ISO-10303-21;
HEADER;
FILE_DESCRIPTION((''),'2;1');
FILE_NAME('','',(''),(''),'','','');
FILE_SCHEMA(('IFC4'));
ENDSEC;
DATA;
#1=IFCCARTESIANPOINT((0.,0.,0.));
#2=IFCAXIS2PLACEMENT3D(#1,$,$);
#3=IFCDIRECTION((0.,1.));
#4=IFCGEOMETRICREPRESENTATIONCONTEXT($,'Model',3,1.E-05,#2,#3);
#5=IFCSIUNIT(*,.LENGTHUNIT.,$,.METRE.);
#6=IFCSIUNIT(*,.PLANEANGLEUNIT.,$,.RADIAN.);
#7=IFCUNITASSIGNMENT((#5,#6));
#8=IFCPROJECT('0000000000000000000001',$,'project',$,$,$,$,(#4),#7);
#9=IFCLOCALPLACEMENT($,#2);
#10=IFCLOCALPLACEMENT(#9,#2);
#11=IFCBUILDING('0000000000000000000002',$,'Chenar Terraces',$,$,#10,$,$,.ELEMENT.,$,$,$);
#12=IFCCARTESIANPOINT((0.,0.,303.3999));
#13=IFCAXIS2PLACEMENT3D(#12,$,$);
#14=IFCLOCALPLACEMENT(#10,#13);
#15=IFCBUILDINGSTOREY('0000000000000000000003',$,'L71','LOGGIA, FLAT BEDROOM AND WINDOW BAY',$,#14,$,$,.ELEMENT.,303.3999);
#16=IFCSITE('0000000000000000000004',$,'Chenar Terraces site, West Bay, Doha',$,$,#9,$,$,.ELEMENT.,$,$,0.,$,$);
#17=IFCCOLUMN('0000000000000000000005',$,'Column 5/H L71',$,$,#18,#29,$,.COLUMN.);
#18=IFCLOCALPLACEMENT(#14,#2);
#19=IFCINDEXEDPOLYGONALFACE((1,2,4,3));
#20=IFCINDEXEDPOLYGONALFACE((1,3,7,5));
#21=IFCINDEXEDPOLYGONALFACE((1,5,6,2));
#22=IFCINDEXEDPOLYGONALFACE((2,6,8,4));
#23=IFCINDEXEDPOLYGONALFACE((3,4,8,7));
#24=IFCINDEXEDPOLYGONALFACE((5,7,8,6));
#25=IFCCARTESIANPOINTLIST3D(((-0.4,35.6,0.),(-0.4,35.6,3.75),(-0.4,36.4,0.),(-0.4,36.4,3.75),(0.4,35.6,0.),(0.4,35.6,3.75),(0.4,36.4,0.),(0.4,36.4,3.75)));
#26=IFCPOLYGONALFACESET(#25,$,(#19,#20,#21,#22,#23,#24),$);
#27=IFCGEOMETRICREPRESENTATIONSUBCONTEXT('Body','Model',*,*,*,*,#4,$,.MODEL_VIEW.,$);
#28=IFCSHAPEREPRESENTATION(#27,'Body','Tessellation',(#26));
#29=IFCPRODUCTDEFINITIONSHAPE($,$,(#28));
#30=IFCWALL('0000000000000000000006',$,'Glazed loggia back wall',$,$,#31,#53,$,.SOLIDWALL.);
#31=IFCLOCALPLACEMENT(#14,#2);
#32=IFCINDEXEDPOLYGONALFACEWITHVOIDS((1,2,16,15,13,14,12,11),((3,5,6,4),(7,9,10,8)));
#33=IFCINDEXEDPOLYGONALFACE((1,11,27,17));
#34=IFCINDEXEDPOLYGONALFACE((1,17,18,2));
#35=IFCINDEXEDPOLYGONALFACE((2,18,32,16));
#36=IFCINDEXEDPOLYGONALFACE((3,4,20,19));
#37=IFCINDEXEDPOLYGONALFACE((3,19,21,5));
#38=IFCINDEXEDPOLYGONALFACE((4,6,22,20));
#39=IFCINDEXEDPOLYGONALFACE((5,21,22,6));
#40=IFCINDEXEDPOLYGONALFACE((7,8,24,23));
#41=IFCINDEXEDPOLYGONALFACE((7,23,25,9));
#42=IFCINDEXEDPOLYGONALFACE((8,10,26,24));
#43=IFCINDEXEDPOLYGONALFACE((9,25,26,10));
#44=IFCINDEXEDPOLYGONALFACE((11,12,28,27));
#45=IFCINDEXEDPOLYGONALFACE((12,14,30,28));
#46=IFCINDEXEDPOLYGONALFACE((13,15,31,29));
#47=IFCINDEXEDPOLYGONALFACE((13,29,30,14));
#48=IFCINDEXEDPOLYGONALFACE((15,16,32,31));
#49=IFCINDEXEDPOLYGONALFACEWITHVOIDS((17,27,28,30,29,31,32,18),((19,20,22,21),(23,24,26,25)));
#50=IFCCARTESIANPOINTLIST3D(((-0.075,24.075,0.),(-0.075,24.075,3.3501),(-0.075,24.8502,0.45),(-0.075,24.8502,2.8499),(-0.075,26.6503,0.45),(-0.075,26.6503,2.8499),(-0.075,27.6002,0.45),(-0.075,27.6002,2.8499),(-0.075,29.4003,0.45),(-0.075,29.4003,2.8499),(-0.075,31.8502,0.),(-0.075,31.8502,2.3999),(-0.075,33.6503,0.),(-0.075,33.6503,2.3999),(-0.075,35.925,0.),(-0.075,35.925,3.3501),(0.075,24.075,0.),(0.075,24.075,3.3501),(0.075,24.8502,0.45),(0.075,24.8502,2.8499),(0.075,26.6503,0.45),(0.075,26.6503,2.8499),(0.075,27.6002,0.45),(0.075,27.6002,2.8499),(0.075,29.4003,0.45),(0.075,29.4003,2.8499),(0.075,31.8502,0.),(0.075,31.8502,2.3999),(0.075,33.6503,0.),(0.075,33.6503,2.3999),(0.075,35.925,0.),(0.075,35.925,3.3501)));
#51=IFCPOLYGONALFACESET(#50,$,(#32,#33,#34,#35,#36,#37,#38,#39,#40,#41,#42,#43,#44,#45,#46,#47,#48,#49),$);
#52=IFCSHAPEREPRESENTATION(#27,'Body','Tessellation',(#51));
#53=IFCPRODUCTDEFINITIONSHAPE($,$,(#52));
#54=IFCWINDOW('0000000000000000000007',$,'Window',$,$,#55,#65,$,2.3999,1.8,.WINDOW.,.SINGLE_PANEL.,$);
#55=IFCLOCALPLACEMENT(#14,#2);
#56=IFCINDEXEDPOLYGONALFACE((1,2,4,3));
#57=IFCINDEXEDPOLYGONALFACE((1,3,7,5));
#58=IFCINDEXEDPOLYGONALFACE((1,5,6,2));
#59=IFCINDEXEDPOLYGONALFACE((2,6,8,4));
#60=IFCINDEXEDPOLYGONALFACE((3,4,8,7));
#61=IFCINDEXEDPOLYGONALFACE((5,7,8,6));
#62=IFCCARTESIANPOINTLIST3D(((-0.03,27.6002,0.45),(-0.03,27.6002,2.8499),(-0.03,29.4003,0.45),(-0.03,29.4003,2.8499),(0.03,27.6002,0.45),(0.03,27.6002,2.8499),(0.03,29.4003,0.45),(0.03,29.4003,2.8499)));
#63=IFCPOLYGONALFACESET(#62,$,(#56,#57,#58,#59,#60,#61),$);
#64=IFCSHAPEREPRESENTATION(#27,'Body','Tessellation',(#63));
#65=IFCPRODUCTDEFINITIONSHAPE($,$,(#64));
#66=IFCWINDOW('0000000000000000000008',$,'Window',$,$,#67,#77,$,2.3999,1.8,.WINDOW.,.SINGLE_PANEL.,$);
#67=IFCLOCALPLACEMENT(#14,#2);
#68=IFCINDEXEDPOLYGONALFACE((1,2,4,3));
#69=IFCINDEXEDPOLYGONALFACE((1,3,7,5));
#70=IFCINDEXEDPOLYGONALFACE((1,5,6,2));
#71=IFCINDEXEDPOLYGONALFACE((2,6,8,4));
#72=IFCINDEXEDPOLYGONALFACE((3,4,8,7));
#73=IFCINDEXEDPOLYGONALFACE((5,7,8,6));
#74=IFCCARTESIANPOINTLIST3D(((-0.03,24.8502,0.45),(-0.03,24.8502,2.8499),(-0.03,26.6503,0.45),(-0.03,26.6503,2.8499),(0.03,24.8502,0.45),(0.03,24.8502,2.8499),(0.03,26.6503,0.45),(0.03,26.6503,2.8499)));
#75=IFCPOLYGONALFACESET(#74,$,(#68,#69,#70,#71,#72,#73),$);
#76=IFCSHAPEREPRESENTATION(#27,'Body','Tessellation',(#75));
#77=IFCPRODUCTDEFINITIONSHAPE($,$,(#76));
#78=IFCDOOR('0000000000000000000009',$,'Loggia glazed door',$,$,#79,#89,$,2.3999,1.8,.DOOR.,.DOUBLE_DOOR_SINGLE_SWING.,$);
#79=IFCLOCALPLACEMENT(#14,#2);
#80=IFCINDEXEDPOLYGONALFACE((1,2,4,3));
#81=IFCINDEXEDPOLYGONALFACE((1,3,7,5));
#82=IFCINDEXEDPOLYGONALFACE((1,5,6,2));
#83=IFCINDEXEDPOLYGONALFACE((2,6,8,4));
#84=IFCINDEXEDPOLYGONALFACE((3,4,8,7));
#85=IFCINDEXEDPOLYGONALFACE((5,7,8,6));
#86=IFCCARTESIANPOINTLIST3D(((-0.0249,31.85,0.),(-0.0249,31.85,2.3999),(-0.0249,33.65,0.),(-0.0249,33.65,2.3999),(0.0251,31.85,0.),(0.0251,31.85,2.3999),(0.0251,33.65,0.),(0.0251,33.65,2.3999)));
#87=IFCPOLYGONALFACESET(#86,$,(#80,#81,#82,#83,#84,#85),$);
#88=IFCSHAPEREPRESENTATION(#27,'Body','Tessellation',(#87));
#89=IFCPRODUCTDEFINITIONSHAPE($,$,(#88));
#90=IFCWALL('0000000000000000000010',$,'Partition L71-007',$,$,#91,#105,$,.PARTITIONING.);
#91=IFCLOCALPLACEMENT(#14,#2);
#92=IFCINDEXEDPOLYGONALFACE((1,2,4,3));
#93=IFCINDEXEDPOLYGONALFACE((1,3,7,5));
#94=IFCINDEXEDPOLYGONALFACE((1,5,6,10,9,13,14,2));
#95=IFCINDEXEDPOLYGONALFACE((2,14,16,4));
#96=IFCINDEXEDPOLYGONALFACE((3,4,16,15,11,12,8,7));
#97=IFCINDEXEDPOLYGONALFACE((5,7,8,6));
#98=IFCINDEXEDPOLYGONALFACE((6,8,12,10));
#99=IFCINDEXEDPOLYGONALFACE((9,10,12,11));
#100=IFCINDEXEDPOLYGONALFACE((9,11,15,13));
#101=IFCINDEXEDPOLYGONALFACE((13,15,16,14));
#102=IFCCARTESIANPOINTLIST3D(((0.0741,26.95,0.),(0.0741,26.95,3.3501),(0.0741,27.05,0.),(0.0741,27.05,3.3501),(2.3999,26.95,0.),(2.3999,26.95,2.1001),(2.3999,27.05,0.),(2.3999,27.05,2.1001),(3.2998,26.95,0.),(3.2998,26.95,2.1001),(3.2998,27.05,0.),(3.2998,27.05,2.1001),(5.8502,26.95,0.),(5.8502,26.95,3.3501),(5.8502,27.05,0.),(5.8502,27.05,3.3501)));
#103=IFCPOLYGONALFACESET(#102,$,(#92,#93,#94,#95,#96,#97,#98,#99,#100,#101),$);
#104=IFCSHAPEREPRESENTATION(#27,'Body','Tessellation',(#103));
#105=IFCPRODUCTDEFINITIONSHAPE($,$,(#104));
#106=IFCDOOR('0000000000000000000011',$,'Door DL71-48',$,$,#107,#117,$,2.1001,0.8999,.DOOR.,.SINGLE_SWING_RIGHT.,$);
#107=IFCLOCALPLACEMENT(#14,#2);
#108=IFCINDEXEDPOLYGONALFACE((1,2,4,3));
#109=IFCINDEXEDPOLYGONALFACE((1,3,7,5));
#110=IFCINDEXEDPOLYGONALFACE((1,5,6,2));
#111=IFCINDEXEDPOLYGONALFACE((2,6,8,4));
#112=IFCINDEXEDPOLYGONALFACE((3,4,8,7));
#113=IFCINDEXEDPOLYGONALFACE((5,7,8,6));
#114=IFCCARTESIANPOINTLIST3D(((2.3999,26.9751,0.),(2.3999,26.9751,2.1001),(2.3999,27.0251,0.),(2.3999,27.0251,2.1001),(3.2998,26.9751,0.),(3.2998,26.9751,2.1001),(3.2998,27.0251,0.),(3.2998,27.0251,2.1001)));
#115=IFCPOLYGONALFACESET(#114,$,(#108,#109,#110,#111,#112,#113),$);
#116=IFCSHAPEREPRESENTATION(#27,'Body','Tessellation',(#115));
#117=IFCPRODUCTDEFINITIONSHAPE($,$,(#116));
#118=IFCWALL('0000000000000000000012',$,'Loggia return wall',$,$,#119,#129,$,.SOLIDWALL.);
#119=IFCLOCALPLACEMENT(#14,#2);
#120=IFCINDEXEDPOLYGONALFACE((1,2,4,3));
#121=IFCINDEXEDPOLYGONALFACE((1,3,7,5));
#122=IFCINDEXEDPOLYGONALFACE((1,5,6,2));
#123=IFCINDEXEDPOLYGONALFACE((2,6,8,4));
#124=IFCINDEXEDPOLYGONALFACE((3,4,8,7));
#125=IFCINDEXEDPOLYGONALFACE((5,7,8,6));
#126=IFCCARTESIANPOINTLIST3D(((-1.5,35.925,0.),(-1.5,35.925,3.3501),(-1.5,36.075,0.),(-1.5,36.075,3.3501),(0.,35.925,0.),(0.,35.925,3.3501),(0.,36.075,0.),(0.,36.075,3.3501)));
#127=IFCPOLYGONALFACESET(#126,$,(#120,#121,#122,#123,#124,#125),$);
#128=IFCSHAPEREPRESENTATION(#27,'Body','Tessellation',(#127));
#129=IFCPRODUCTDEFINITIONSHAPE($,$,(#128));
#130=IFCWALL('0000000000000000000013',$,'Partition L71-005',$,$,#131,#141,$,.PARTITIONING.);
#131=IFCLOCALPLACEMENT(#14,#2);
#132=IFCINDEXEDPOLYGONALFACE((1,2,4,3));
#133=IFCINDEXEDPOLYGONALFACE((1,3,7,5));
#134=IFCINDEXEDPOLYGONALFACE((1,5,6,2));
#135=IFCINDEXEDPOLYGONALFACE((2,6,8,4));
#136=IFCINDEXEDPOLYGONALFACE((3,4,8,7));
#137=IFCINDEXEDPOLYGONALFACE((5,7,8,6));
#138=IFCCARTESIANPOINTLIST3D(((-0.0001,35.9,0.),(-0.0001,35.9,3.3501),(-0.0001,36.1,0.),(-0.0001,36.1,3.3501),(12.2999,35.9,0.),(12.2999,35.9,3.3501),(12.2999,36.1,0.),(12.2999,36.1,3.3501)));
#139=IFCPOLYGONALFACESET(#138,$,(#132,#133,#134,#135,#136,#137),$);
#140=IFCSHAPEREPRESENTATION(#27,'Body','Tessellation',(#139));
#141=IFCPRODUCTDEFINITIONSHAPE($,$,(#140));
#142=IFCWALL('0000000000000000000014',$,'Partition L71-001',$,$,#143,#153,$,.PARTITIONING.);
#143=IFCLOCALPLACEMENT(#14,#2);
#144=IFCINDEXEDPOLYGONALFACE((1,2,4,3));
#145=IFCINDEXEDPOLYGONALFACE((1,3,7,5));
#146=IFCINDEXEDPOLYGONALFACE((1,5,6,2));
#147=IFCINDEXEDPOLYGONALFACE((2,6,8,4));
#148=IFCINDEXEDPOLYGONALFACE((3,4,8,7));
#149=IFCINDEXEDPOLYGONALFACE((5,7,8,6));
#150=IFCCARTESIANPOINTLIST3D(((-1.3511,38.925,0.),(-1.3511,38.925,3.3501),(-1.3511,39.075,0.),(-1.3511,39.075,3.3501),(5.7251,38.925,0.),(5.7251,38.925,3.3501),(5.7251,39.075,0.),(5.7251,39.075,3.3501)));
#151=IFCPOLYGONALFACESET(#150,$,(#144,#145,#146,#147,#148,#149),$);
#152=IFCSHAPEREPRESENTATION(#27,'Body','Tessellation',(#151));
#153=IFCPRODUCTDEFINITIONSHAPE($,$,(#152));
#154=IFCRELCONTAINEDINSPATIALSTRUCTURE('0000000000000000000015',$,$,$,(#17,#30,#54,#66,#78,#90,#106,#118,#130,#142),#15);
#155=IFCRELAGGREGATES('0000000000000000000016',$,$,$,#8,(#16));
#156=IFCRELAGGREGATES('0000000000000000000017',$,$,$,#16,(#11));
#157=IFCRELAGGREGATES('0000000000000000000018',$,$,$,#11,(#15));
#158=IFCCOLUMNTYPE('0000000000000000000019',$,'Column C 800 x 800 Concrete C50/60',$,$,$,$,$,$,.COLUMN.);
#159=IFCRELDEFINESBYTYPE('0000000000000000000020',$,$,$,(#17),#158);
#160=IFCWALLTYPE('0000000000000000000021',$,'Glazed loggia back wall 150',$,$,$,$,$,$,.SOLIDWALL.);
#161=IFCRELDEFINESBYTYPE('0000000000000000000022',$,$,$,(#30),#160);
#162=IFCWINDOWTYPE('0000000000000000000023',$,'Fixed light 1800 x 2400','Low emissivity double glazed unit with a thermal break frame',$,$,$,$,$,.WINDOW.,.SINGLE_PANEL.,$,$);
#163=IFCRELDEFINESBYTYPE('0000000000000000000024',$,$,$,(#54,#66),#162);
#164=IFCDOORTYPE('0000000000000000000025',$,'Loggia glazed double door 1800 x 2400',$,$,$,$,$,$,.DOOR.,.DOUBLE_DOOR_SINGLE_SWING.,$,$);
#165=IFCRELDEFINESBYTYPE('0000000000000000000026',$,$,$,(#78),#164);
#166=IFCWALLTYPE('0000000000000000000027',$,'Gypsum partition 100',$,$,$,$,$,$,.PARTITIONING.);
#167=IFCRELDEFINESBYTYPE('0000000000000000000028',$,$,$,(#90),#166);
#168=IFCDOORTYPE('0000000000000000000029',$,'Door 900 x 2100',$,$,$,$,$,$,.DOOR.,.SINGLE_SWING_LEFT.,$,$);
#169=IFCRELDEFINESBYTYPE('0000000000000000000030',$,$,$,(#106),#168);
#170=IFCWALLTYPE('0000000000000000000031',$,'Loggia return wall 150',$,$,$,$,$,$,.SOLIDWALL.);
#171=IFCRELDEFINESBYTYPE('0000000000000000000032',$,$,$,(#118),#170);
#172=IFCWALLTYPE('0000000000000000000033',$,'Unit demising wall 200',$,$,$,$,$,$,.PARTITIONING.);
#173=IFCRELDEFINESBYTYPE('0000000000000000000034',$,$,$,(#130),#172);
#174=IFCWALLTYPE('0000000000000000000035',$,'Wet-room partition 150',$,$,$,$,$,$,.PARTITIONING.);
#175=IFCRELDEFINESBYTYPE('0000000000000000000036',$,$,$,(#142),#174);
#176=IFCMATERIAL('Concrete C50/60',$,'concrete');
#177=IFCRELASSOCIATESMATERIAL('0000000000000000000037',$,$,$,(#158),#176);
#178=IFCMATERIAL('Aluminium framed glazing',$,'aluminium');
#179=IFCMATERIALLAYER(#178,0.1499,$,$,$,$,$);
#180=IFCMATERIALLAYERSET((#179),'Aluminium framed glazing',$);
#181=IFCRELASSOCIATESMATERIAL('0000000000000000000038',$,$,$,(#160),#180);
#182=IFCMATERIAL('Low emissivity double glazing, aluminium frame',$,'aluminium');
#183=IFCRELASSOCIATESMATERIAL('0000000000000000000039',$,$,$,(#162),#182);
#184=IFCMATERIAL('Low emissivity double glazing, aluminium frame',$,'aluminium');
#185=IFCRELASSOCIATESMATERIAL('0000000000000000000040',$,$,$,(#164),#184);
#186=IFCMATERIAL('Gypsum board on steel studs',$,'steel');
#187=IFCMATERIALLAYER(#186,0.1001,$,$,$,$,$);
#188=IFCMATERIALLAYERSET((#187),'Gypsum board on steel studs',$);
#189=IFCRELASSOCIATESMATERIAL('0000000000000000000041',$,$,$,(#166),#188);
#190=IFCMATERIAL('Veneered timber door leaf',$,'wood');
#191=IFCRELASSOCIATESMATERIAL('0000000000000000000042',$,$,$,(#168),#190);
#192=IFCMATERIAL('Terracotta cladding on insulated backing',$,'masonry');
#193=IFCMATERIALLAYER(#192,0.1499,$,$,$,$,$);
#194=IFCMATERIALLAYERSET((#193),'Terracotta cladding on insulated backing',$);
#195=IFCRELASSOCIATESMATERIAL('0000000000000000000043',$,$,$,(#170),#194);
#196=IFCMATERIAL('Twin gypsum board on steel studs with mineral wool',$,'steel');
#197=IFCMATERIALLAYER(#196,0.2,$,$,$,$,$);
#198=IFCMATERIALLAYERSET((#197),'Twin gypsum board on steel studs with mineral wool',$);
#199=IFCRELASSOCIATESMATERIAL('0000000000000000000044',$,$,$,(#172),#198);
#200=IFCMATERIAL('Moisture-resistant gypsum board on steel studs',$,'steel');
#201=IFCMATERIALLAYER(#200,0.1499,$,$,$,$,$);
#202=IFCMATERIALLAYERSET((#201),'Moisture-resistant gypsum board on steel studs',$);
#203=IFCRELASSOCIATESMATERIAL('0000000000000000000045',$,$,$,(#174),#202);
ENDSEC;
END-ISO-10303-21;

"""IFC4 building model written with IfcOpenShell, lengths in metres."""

from ifc_helpers import new_model, si_unit, direction, frame, frame_2d, origin, origin_2d, place, context, subcontext, project, spatial, rectangle, extrude, material, layer, layer_set, material_profile, profile_set, type_object, element, fill, save


model = new_model("IFC4")

# Units and contexts
model_context = context("Model", 3, precision=1e-05, world=origin(), true_north=direction((0.0, 1.0)))
body_context = subcontext(model_context, "Body", "Model", "MODEL_VIEW")
ifc_project = project(units=[si_unit("LENGTHUNIT", "METRE"), si_unit("PLANEANGLEUNIT", "RADIAN")], contexts=[model_context])

# Site, building, storey
site_placement = place(None, origin())
site = spatial("IfcSite", under=ifc_project, at=site_placement, Name="Chenar Terraces site, West Bay, Doha", CompositionType="ELEMENT", RefElevation=0.0)
building_placement = place(site_placement, origin())
building = spatial("IfcBuilding", under=site, at=building_placement, Name="Chenar Terraces", CompositionType="ELEMENT")
storey_placement = place(building_placement, frame((0.0, 0.0, 303.3999)))
storey = spatial("IfcBuildingStorey", under=building, at=storey_placement, Name="L71", Description="LOGGIA, FLAT BEDROOM AND WINDOW BAY", CompositionType="ELEMENT", Elevation=303.3999)

# Column
ifc_material_1 = material(Name="Concrete C50/60", Category="concrete")
ifc_material_profile_1 = material_profile(ifc_material_1, rectangle(XDim=0.8, YDim=0.8, at=origin_2d()), Name="C 800 x 800")
ifc_profile_set_1 = profile_set([ifc_material_profile_1], Name="Concrete C50/60")
column_type = type_object("IfcColumnType", Name="Column C 800 x 800 Concrete C50/60", PredefinedType="COLUMN", material=ifc_profile_set_1)
placement = place(storey_placement, frame((0.0, 36.0, 0.0), z_axis=(0.0, 0.0, 1.0), x_axis=(1.0, 0.0, 0.0)))
element("IfcColumn", 1, at=placement, inside=storey, type_object=column_type, Name="Column 5/H L71", PredefinedType="COLUMN", context=body_context, shape_type="SweptSolid", body=[
    extrude(rectangle(XDim=0.8, YDim=0.8, at=origin_2d()), origin(), (0.0, 0.0, 1.0), 3.75),
])

# Wall, openings, windows, door
ifc_material_2 = material(Name="Aluminium framed glazing", Category="aluminium")
ifc_layer_1 = layer(ifc_material_2, 0.1499)
ifc_layer_set_1 = layer_set([ifc_layer_1], Name="Aluminium framed glazing")
wall_type_1 = type_object("IfcWallType", Name="Glazed loggia back wall 150", PredefinedType="SOLIDWALL", material=ifc_layer_set_1)
wall_1_placement = place(storey_placement, frame((0.0, 35.925, 0.0), z_axis=(0.0, 0.0, 1.0), x_axis=(0.0, -1.0, 0.0)))
wall_1 = element("IfcWall", 2, at=wall_1_placement, inside=storey, type_object=wall_type_1, Name="Glazed loggia back wall", PredefinedType="SOLIDWALL", context=body_context, shape_type="SweptSolid", body=[
    extrude(rectangle(XDim=11.8501, YDim=0.1499, at=frame_2d((5.925, 0.0))), origin(), (0.0, 0.0, 1.0), 3.3501),
])
opening_1_placement = place(wall_1_placement, frame((2.2749, 0.0, 0.0)))
opening_1 = element("IfcOpeningElement", 3, at=opening_1_placement, cuts=wall_1, PredefinedType="OPENING", context=body_context, shape_type="SweptSolid", body=[
    extrude(rectangle(XDim=1.8, YDim=2.3999, at=frame_2d((0.8999, 1.2))), frame((0.0, 0.085, 0.0), z_axis=(0.0, -1.0, 0.0), x_axis=(1.0, 0.0, 0.0)), (0.0, 0.0, 1.0), 0.1699),
])
opening_2_placement = place(wall_1_placement, frame((6.5249, 0.0, 0.45)))
opening_2 = element("IfcOpeningElement", 4, at=opening_2_placement, cuts=wall_1, PredefinedType="OPENING", context=body_context, shape_type="SweptSolid", body=[
    extrude(rectangle(XDim=1.8, YDim=2.3999, at=frame_2d((0.8999, 1.2))), frame((0.0, 0.085, 0.0), z_axis=(0.0, -1.0, 0.0), x_axis=(1.0, 0.0, 0.0)), (0.0, 0.0, 1.0), 0.1699),
])
opening_3_placement = place(wall_1_placement, frame((9.2749, 0.0, 0.45)))
opening_3 = element("IfcOpeningElement", 5, at=opening_3_placement, cuts=wall_1, PredefinedType="OPENING", context=body_context, shape_type="SweptSolid", body=[
    extrude(rectangle(XDim=1.8, YDim=2.3999, at=frame_2d((0.8999, 1.2))), frame((0.0, 0.085, 0.0), z_axis=(0.0, -1.0, 0.0), x_axis=(1.0, 0.0, 0.0)), (0.0, 0.0, 1.0), 0.1699),
])
ifc_material_3 = material(Name="Low emissivity double glazing, aluminium frame", Category="aluminium")
window_type = type_object("IfcWindowType", Name="Fixed light 1800 x 2400", Description="Low emissivity double glazed unit with a thermal break frame", PartitioningType="SINGLE_PANEL", PredefinedType="WINDOW", material=ifc_material_3)
window_1_placement = place(opening_2_placement, origin())
window_1 = element("IfcWindow", 6, at=window_1_placement, inside=storey, type_object=window_type, Name="Window", OverallHeight=2.3999, OverallWidth=1.8, PartitioningType="SINGLE_PANEL", PredefinedType="WINDOW", context=body_context, shape_type="SweptSolid", body=[
    extrude(rectangle(XDim=1.8, YDim=2.3999, at=frame_2d((0.8999, 1.2))), frame((0.0, 0.03, 0.0), z_axis=(0.0, -1.0, 0.0), x_axis=(1.0, 0.0, 0.0)), (0.0, 0.0, 1.0), 0.0601),
])
fill(opening_2, window_1)
window_2_placement = place(opening_3_placement, origin())
window_2 = element("IfcWindow", 7, at=window_2_placement, inside=storey, type_object=window_type, Name="Window", OverallHeight=2.3999, OverallWidth=1.8, PartitioningType="SINGLE_PANEL", PredefinedType="WINDOW", context=body_context, shape_type="SweptSolid", body=[
    extrude(rectangle(XDim=1.8, YDim=2.3999, at=frame_2d((0.8999, 1.2))), frame((0.0, 0.03, 0.0), z_axis=(0.0, -1.0, 0.0), x_axis=(1.0, 0.0, 0.0)), (0.0, 0.0, 1.0), 0.0601),
])
fill(opening_3, window_2)
ifc_material_4 = material(Name="Low emissivity double glazing, aluminium frame", Category="aluminium")
door_type_1 = type_object("IfcDoorType", Name="Loggia glazed double door 1800 x 2400", OperationType="DOUBLE_DOOR_SINGLE_SWING", PredefinedType="DOOR", material=ifc_material_4)
door_1_placement = place(opening_1_placement, frame((1.8, 0.0, 0.0), z_axis=(0.0, 0.0, 1.0), x_axis=(-1.0, 0.0, 0.0)))
door_1 = element("IfcDoor", 8, at=door_1_placement, inside=storey, type_object=door_type_1, Name="Loggia glazed door", OperationType="DOUBLE_DOOR_SINGLE_SWING", OverallHeight=2.3999, OverallWidth=1.8, PredefinedType="DOOR", context=body_context, shape_type="SweptSolid", body=[
    extrude(rectangle(XDim=1.8, YDim=2.3999, at=frame_2d((0.8999, 1.2))), frame((0.0, 0.0249, 0.0), z_axis=(0.0, -1.0, 0.0), x_axis=(1.0, 0.0, 0.0)), (0.0, 0.0, 1.0), 0.05),
])
fill(opening_1, door_1)

# Wall, opening, door
ifc_material_5 = material(Name="Gypsum board on steel studs", Category="steel")
ifc_layer_2 = layer(ifc_material_5, 0.1001)
ifc_layer_set_2 = layer_set([ifc_layer_2], Name="Gypsum board on steel studs")
wall_type_2 = type_object("IfcWallType", Name="Gypsum partition 100", PredefinedType="PARTITIONING", material=ifc_layer_set_2)
wall_2_placement = place(storey_placement, frame((0.074, 27.0, 0.0), z_axis=(0.0, 0.0, 1.0), x_axis=(1.0, 0.0, 0.0)))
wall_2 = element("IfcWall", 9, at=wall_2_placement, inside=storey, type_object=wall_type_2, Name="Partition L71-007", PredefinedType="PARTITIONING", context=body_context, shape_type="SweptSolid", body=[
    extrude(rectangle(XDim=5.7761, YDim=0.1001, at=frame_2d((2.8882, 0.0))), origin(), (0.0, 0.0, 1.0), 3.3501),
])
opening_4_placement = place(wall_2_placement, frame((2.3259, 0.0, 0.0)))
opening_4 = element("IfcOpeningElement", 10, at=opening_4_placement, cuts=wall_2, PredefinedType="OPENING", context=body_context, shape_type="SweptSolid", body=[
    extrude(rectangle(XDim=0.8999, YDim=2.1001, at=frame_2d((0.45, 1.05))), frame((0.0, 0.0601, 0.0), z_axis=(0.0, -1.0, 0.0), x_axis=(1.0, 0.0, 0.0)), (0.0, 0.0, 1.0), 0.1201),
])
ifc_material_6 = material(Name="Veneered timber door leaf", Category="wood")
door_type_2 = type_object("IfcDoorType", Name="Door 900 x 2100", OperationType="SINGLE_SWING_LEFT", PredefinedType="DOOR", material=ifc_material_6)
door_2_placement = place(opening_4_placement, frame((0.8999, 0.0, 0.0), z_axis=(0.0, 0.0, 1.0), x_axis=(-1.0, 0.0, 0.0)))
door_2 = element("IfcDoor", 11, at=door_2_placement, inside=storey, type_object=door_type_2, Name="Door DL71-48", OperationType="SINGLE_SWING_RIGHT", OverallHeight=2.1001, OverallWidth=0.8999, PredefinedType="DOOR", context=body_context, shape_type="SweptSolid", body=[
    extrude(rectangle(XDim=0.8999, YDim=2.1001, at=frame_2d((0.45, 1.05))), frame((0.0, 0.0249, 0.0), z_axis=(0.0, -1.0, 0.0), x_axis=(1.0, 0.0, 0.0)), (0.0, 0.0, 1.0), 0.05),
])
fill(opening_4, door_2)

# Walls
ifc_material_7 = material(Name="Terracotta cladding on insulated backing", Category="masonry")
ifc_layer_3 = layer(ifc_material_7, 0.1499)
ifc_layer_set_3 = layer_set([ifc_layer_3], Name="Terracotta cladding on insulated backing")
wall_type_3 = type_object("IfcWallType", Name="Loggia return wall 150", PredefinedType="SOLIDWALL", material=ifc_layer_set_3)
wall_3_placement = place(storey_placement, frame((-1.5, 36.0, 0.0), z_axis=(0.0, 0.0, 1.0), x_axis=(1.0, 0.0, 0.0)))
element("IfcWall", 12, at=wall_3_placement, inside=storey, type_object=wall_type_3, Name="Loggia return wall", PredefinedType="SOLIDWALL", context=body_context, shape_type="SweptSolid", body=[
    extrude(rectangle(XDim=1.5, YDim=0.1499, at=frame_2d((0.75, 0.0))), origin(), (0.0, 0.0, 1.0), 3.3501),
])
ifc_material_8 = material(Name="Twin gypsum board on steel studs with mineral wool", Category="steel")
ifc_layer_4 = layer(ifc_material_8, 0.2)
ifc_layer_set_4 = layer_set([ifc_layer_4], Name="Twin gypsum board on steel studs with mineral wool")
wall_type_4 = type_object("IfcWallType", Name="Unit demising wall 200", PredefinedType="PARTITIONING", material=ifc_layer_set_4)
element("IfcWall", 13, at=placement, inside=storey, type_object=wall_type_4, Name="Partition L71-005", PredefinedType="PARTITIONING", context=body_context, shape_type="SweptSolid", body=[
    extrude(rectangle(XDim=12.3, YDim=0.2, at=frame_2d((6.1499, 0.0))), origin(), (0.0, 0.0, 1.0), 3.3501),
])
ifc_material_9 = material(Name="Moisture-resistant gypsum board on steel studs", Category="steel")
ifc_layer_5 = layer(ifc_material_9, 0.1499)
ifc_layer_set_5 = layer_set([ifc_layer_5], Name="Moisture-resistant gypsum board on steel studs")
wall_type_5 = type_object("IfcWallType", Name="Wet-room partition 150", PredefinedType="PARTITIONING", material=ifc_layer_set_5)
wall_4_placement = place(storey_placement, frame((-1.3511, 39.0, 0.0), z_axis=(0.0, 0.0, 1.0), x_axis=(1.0, 0.0, 0.0)))
element("IfcWall", 14, at=wall_4_placement, inside=storey, type_object=wall_type_5, Name="Partition L71-001", PredefinedType="PARTITIONING", context=body_context, shape_type="SweptSolid", body=[
    extrude(rectangle(XDim=7.0762, YDim=0.1499, at=frame_2d((3.5381, 0.0))), origin(), (0.0, 0.0, 1.0), 3.3501),
])

save(model, "model.ifc")
